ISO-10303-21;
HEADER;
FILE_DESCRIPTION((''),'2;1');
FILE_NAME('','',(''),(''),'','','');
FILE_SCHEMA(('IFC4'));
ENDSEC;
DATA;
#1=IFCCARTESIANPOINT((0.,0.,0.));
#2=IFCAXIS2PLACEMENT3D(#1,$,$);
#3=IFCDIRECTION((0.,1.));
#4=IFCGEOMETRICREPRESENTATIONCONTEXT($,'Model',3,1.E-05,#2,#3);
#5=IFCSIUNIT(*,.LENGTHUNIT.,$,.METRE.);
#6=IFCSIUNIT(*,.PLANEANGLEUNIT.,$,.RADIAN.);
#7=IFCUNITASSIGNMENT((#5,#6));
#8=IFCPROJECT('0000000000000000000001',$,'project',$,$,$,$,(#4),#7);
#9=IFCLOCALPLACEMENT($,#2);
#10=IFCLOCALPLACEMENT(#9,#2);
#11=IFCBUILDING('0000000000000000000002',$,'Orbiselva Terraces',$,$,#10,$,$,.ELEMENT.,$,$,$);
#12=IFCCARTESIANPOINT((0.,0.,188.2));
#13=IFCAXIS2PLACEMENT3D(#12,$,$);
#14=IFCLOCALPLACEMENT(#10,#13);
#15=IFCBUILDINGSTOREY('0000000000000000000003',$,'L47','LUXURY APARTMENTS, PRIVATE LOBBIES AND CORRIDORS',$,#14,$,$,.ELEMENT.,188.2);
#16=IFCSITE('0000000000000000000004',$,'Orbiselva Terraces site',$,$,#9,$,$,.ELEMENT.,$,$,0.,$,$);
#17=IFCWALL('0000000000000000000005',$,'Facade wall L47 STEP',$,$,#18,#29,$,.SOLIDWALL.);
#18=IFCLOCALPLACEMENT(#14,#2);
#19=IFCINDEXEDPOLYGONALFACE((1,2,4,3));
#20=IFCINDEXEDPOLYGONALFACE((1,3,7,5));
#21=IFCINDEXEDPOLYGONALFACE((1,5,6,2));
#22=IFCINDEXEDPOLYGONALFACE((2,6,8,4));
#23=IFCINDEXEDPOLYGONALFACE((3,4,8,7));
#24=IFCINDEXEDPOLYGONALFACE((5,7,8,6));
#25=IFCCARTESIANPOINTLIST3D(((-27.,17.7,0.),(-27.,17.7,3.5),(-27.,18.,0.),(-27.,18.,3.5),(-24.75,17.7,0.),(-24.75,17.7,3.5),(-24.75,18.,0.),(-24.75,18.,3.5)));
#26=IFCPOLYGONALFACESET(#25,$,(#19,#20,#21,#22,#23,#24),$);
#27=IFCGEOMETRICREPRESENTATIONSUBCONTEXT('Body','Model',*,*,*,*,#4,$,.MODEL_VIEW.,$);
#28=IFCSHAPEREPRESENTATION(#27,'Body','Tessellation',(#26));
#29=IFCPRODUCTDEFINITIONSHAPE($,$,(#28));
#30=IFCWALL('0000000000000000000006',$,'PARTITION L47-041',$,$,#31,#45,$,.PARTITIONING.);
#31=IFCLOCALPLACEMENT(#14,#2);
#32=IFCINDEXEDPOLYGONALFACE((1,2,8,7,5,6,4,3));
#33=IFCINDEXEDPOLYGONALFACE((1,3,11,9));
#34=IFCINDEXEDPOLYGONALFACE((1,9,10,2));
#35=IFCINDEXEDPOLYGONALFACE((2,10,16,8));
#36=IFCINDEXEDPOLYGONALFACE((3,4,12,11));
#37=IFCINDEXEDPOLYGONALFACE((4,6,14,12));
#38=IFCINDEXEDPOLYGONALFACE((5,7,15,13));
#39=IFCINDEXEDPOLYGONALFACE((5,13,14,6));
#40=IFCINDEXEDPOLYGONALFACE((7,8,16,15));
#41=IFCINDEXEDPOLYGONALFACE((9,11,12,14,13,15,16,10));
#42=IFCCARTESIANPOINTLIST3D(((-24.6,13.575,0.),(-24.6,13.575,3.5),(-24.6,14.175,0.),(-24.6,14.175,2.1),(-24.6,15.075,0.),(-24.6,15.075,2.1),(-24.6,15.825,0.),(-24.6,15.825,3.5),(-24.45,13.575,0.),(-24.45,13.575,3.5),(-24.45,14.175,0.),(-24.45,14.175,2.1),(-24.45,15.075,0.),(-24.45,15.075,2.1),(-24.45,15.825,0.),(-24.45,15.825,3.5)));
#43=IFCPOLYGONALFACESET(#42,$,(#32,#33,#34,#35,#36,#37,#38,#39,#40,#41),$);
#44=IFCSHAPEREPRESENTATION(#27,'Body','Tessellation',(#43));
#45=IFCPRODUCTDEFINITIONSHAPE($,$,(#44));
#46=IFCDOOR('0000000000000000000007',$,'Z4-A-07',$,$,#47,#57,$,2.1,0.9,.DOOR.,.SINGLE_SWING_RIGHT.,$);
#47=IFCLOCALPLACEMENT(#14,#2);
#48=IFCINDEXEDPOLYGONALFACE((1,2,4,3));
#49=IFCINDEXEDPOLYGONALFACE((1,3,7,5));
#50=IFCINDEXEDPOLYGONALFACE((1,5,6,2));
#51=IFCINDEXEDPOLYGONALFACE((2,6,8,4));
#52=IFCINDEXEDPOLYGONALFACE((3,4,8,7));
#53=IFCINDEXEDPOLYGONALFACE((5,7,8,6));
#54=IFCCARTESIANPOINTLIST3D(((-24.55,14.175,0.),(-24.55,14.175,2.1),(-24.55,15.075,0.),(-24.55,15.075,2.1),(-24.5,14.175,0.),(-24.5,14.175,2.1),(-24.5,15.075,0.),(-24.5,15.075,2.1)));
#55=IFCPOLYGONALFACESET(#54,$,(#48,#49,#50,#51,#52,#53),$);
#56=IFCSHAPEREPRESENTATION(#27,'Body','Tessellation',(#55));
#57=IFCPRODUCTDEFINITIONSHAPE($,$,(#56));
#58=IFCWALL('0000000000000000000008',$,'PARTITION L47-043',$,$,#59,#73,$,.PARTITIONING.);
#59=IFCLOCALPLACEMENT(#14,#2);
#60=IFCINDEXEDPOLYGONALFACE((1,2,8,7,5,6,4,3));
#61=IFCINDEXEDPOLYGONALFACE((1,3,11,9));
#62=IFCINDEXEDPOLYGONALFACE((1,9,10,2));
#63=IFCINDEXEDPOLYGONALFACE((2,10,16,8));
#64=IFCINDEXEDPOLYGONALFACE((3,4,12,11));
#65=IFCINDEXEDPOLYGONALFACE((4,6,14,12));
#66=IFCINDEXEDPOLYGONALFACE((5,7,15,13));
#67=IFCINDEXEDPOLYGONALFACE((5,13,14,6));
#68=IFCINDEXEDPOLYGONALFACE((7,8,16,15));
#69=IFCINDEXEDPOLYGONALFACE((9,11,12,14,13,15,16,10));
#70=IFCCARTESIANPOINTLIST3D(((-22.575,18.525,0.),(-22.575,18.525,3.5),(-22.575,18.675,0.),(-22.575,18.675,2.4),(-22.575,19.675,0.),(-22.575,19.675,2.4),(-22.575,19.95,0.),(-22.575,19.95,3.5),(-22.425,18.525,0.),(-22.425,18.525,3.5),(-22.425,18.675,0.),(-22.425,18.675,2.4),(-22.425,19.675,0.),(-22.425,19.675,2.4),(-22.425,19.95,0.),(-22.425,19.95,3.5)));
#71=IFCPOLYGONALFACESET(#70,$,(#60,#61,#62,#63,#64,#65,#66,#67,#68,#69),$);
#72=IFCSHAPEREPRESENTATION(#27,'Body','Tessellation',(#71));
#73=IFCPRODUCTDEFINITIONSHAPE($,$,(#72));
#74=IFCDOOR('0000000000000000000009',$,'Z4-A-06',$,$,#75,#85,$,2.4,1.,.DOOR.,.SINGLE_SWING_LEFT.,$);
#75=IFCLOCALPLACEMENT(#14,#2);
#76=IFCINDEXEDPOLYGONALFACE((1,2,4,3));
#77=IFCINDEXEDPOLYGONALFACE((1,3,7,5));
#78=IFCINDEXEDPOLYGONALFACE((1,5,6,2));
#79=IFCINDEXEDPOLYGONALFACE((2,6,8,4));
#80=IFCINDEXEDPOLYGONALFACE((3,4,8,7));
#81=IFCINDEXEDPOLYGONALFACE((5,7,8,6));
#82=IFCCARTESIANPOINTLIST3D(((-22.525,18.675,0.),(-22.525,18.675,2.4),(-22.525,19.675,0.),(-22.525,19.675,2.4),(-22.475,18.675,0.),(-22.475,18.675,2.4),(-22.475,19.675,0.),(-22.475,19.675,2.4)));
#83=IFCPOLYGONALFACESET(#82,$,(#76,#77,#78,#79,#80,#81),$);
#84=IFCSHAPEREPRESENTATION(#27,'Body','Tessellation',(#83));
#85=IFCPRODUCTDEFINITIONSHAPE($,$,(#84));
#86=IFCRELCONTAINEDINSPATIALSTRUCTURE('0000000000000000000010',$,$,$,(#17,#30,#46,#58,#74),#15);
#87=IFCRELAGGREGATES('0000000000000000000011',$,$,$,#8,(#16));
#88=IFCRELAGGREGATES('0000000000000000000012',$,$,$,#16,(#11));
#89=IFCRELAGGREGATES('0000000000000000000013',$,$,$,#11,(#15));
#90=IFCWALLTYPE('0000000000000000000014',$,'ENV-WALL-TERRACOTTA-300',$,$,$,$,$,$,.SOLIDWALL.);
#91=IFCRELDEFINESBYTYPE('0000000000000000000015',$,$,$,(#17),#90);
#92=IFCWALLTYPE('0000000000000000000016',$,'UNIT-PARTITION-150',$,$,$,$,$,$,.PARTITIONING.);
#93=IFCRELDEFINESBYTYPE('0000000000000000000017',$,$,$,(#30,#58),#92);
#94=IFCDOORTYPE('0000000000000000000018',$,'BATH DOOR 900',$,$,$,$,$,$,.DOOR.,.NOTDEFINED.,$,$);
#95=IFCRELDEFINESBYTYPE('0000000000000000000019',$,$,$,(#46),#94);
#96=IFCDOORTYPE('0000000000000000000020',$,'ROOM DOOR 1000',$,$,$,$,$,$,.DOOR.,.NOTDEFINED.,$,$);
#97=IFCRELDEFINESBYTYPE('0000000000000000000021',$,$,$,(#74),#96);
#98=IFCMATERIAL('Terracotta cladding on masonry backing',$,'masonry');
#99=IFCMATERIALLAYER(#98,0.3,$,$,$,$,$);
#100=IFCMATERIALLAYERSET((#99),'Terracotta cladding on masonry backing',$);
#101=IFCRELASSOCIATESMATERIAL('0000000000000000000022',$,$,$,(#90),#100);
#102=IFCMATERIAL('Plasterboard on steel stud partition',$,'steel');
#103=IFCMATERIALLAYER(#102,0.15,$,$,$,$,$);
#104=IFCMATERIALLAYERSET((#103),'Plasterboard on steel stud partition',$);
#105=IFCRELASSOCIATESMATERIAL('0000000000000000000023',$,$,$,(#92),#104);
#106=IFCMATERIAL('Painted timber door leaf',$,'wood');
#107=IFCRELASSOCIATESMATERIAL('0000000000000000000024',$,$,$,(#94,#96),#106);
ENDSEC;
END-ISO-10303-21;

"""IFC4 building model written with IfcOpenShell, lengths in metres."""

from ifc_helpers import new_model, si_unit, direction, frame, frame_2d, origin, place, context, subcontext, project, spatial, rectangle, extrude, material, layer, layer_set, type_object, element, fill, save


model = new_model("IFC4")

# Units and contexts
model_context = context("Model", 3, precision=1e-05, world=origin(), true_north=direction((0.0, 1.0)))
body_context = subcontext(model_context, "Body", "Model", "MODEL_VIEW")
ifc_project = project(units=[si_unit("LENGTHUNIT", "METRE"), si_unit("PLANEANGLEUNIT", "RADIAN")], contexts=[model_context])

# Site, building, storey
site_placement = place(None, origin())
site = spatial("IfcSite", under=ifc_project, at=site_placement, Name="Orbiselva Terraces site", CompositionType="ELEMENT", RefElevation=0.0)
building_placement = place(site_placement, origin())
building = spatial("IfcBuilding", under=site, at=building_placement, Name="Orbiselva Terraces", CompositionType="ELEMENT")
storey_placement = place(building_placement, frame((0.0, 0.0, 188.2)))
storey = spatial("IfcBuildingStorey", under=building, at=storey_placement, Name="L47", Description="LUXURY APARTMENTS, PRIVATE LOBBIES AND CORRIDORS", CompositionType="ELEMENT", Elevation=188.2)

# Shared definitions
ifc_material_1 = material(Name="Terracotta cladding on masonry backing", Category="masonry")
ifc_layer_1 = layer(ifc_material_1, 0.3)
ifc_layer_set_1 = layer_set([ifc_layer_1], Name="Terracotta cladding on masonry backing")
wall_type_1 = type_object("IfcWallType", Name="ENV-WALL-TERRACOTTA-300", PredefinedType="SOLIDWALL", material=ifc_layer_set_1)

# Wall
wall_1_placement = place(storey_placement, frame((-27.0, 17.85, 0.0), z_axis=(0.0, 0.0, 1.0), x_axis=(1.0, 0.0, 0.0)))
element("IfcWall", 1, at=wall_1_placement, inside=storey, type_object=wall_type_1, Name="Facade wall L47 STEP", PredefinedType="SOLIDWALL", context=body_context, shape_type="SweptSolid", body=[
    extrude(rectangle(XDim=2.25, YDim=0.3, at=frame_2d((1.125, 0.0))), origin(), (0.0, 0.0, 1.0), 3.5),
])

# Walls, openings, doors
ifc_material_2 = material(Name="Plasterboard on steel stud partition", Category="steel")
ifc_layer_2 = layer(ifc_material_2, 0.15)
ifc_layer_set_2 = layer_set([ifc_layer_2], Name="Plasterboard on steel stud partition")
wall_type_2 = type_object("IfcWallType", Name="UNIT-PARTITION-150", PredefinedType="PARTITIONING", material=ifc_layer_set_2)
wall_2_placement = place(storey_placement, frame((-24.525, 15.825, 0.0), z_axis=(0.0, 0.0, 1.0), x_axis=(0.0, -1.0, 0.0)))
wall_2 = element("IfcWall", 2, at=wall_2_placement, inside=storey, type_object=wall_type_2, Name="PARTITION L47-041", PredefinedType="PARTITIONING", context=body_context, shape_type="SweptSolid", body=[
    extrude(rectangle(XDim=2.25, YDim=0.15, at=frame_2d((1.125, 0.0))), origin(), (0.0, 0.0, 1.0), 3.5),
])
opening_1_placement = place(wall_2_placement, frame((0.75, 0.0, 0.0)))
opening_1 = element("IfcOpeningElement", 3, at=opening_1_placement, cuts=wall_2, PredefinedType="OPENING", context=body_context, shape_type="SweptSolid", body=[
    extrude(rectangle(XDim=0.9, YDim=2.1, at=frame_2d((0.45, 1.05))), frame((0.0, 0.085, 0.0), z_axis=(0.0, -1.0, 0.0), x_axis=(1.0, 0.0, 0.0)), (0.0, 0.0, 1.0), 0.17),
])
ifc_material_3 = material(Name="Painted timber door leaf", Category="wood")
door_type_1 = type_object("IfcDoorType", Name="BATH DOOR 900", OperationType="NOTDEFINED", PredefinedType="DOOR", material=ifc_material_3)
door_1_placement = place(opening_1_placement, origin())
door_1 = element("IfcDoor", 4, at=door_1_placement, inside=storey, type_object=door_type_1, Name="Z4-A-07", OperationType="SINGLE_SWING_RIGHT", OverallHeight=2.1, OverallWidth=0.9, PredefinedType="DOOR", context=body_context, shape_type="SweptSolid", body=[
    extrude(rectangle(XDim=0.9, YDim=2.1, at=frame_2d((0.45, 1.05))), frame((0.0, 0.025, 0.0), z_axis=(0.0, -1.0, 0.0), x_axis=(1.0, 0.0, 0.0)), (0.0, 0.0, 1.0), 0.05),
])
fill(opening_1, door_1)
wall_3_placement = place(storey_placement, frame((-22.5, 18.525, 0.0), z_axis=(0.0, 0.0, 1.0), x_axis=(0.0, 1.0, 0.0)))
wall_3 = element("IfcWall", 5, at=wall_3_placement, inside=storey, type_object=wall_type_2, Name="PARTITION L47-043", PredefinedType="PARTITIONING", context=body_context, shape_type="SweptSolid", body=[
    extrude(rectangle(XDim=1.425, YDim=0.15, at=frame_2d((0.7125, 0.0))), origin(), (0.0, 0.0, 1.0), 3.5),
])
opening_2_placement = place(wall_3_placement, frame((0.15, 0.0, 0.0)))
opening_2 = element("IfcOpeningElement", 6, at=opening_2_placement, cuts=wall_3, PredefinedType="OPENING", context=body_context, shape_type="SweptSolid", body=[
    extrude(rectangle(XDim=1.0, YDim=2.4, at=frame_2d((0.5, 1.2))), frame((0.0, 0.085, 0.0), z_axis=(0.0, -1.0, 0.0), x_axis=(1.0, 0.0, 0.0)), (0.0, 0.0, 1.0), 0.17),
])
door_type_2 = type_object("IfcDoorType", Name="ROOM DOOR 1000", OperationType="NOTDEFINED", PredefinedType="DOOR", material=ifc_material_3)
door_2_placement = place(opening_2_placement, origin())
door_2 = element("IfcDoor", 7, at=door_2_placement, inside=storey, type_object=door_type_2, Name="Z4-A-06", OperationType="SINGLE_SWING_LEFT", OverallHeight=2.4, OverallWidth=1.0, PredefinedType="DOOR", context=body_context, shape_type="SweptSolid", body=[
    extrude(rectangle(XDim=1.0, YDim=2.4, at=frame_2d((0.5, 1.2))), frame((0.0, 0.025, 0.0), z_axis=(0.0, -1.0, 0.0), x_axis=(1.0, 0.0, 0.0)), (0.0, 0.0, 1.0), 0.05),
])
fill(opening_2, door_2)

save(model, "model.ifc")
